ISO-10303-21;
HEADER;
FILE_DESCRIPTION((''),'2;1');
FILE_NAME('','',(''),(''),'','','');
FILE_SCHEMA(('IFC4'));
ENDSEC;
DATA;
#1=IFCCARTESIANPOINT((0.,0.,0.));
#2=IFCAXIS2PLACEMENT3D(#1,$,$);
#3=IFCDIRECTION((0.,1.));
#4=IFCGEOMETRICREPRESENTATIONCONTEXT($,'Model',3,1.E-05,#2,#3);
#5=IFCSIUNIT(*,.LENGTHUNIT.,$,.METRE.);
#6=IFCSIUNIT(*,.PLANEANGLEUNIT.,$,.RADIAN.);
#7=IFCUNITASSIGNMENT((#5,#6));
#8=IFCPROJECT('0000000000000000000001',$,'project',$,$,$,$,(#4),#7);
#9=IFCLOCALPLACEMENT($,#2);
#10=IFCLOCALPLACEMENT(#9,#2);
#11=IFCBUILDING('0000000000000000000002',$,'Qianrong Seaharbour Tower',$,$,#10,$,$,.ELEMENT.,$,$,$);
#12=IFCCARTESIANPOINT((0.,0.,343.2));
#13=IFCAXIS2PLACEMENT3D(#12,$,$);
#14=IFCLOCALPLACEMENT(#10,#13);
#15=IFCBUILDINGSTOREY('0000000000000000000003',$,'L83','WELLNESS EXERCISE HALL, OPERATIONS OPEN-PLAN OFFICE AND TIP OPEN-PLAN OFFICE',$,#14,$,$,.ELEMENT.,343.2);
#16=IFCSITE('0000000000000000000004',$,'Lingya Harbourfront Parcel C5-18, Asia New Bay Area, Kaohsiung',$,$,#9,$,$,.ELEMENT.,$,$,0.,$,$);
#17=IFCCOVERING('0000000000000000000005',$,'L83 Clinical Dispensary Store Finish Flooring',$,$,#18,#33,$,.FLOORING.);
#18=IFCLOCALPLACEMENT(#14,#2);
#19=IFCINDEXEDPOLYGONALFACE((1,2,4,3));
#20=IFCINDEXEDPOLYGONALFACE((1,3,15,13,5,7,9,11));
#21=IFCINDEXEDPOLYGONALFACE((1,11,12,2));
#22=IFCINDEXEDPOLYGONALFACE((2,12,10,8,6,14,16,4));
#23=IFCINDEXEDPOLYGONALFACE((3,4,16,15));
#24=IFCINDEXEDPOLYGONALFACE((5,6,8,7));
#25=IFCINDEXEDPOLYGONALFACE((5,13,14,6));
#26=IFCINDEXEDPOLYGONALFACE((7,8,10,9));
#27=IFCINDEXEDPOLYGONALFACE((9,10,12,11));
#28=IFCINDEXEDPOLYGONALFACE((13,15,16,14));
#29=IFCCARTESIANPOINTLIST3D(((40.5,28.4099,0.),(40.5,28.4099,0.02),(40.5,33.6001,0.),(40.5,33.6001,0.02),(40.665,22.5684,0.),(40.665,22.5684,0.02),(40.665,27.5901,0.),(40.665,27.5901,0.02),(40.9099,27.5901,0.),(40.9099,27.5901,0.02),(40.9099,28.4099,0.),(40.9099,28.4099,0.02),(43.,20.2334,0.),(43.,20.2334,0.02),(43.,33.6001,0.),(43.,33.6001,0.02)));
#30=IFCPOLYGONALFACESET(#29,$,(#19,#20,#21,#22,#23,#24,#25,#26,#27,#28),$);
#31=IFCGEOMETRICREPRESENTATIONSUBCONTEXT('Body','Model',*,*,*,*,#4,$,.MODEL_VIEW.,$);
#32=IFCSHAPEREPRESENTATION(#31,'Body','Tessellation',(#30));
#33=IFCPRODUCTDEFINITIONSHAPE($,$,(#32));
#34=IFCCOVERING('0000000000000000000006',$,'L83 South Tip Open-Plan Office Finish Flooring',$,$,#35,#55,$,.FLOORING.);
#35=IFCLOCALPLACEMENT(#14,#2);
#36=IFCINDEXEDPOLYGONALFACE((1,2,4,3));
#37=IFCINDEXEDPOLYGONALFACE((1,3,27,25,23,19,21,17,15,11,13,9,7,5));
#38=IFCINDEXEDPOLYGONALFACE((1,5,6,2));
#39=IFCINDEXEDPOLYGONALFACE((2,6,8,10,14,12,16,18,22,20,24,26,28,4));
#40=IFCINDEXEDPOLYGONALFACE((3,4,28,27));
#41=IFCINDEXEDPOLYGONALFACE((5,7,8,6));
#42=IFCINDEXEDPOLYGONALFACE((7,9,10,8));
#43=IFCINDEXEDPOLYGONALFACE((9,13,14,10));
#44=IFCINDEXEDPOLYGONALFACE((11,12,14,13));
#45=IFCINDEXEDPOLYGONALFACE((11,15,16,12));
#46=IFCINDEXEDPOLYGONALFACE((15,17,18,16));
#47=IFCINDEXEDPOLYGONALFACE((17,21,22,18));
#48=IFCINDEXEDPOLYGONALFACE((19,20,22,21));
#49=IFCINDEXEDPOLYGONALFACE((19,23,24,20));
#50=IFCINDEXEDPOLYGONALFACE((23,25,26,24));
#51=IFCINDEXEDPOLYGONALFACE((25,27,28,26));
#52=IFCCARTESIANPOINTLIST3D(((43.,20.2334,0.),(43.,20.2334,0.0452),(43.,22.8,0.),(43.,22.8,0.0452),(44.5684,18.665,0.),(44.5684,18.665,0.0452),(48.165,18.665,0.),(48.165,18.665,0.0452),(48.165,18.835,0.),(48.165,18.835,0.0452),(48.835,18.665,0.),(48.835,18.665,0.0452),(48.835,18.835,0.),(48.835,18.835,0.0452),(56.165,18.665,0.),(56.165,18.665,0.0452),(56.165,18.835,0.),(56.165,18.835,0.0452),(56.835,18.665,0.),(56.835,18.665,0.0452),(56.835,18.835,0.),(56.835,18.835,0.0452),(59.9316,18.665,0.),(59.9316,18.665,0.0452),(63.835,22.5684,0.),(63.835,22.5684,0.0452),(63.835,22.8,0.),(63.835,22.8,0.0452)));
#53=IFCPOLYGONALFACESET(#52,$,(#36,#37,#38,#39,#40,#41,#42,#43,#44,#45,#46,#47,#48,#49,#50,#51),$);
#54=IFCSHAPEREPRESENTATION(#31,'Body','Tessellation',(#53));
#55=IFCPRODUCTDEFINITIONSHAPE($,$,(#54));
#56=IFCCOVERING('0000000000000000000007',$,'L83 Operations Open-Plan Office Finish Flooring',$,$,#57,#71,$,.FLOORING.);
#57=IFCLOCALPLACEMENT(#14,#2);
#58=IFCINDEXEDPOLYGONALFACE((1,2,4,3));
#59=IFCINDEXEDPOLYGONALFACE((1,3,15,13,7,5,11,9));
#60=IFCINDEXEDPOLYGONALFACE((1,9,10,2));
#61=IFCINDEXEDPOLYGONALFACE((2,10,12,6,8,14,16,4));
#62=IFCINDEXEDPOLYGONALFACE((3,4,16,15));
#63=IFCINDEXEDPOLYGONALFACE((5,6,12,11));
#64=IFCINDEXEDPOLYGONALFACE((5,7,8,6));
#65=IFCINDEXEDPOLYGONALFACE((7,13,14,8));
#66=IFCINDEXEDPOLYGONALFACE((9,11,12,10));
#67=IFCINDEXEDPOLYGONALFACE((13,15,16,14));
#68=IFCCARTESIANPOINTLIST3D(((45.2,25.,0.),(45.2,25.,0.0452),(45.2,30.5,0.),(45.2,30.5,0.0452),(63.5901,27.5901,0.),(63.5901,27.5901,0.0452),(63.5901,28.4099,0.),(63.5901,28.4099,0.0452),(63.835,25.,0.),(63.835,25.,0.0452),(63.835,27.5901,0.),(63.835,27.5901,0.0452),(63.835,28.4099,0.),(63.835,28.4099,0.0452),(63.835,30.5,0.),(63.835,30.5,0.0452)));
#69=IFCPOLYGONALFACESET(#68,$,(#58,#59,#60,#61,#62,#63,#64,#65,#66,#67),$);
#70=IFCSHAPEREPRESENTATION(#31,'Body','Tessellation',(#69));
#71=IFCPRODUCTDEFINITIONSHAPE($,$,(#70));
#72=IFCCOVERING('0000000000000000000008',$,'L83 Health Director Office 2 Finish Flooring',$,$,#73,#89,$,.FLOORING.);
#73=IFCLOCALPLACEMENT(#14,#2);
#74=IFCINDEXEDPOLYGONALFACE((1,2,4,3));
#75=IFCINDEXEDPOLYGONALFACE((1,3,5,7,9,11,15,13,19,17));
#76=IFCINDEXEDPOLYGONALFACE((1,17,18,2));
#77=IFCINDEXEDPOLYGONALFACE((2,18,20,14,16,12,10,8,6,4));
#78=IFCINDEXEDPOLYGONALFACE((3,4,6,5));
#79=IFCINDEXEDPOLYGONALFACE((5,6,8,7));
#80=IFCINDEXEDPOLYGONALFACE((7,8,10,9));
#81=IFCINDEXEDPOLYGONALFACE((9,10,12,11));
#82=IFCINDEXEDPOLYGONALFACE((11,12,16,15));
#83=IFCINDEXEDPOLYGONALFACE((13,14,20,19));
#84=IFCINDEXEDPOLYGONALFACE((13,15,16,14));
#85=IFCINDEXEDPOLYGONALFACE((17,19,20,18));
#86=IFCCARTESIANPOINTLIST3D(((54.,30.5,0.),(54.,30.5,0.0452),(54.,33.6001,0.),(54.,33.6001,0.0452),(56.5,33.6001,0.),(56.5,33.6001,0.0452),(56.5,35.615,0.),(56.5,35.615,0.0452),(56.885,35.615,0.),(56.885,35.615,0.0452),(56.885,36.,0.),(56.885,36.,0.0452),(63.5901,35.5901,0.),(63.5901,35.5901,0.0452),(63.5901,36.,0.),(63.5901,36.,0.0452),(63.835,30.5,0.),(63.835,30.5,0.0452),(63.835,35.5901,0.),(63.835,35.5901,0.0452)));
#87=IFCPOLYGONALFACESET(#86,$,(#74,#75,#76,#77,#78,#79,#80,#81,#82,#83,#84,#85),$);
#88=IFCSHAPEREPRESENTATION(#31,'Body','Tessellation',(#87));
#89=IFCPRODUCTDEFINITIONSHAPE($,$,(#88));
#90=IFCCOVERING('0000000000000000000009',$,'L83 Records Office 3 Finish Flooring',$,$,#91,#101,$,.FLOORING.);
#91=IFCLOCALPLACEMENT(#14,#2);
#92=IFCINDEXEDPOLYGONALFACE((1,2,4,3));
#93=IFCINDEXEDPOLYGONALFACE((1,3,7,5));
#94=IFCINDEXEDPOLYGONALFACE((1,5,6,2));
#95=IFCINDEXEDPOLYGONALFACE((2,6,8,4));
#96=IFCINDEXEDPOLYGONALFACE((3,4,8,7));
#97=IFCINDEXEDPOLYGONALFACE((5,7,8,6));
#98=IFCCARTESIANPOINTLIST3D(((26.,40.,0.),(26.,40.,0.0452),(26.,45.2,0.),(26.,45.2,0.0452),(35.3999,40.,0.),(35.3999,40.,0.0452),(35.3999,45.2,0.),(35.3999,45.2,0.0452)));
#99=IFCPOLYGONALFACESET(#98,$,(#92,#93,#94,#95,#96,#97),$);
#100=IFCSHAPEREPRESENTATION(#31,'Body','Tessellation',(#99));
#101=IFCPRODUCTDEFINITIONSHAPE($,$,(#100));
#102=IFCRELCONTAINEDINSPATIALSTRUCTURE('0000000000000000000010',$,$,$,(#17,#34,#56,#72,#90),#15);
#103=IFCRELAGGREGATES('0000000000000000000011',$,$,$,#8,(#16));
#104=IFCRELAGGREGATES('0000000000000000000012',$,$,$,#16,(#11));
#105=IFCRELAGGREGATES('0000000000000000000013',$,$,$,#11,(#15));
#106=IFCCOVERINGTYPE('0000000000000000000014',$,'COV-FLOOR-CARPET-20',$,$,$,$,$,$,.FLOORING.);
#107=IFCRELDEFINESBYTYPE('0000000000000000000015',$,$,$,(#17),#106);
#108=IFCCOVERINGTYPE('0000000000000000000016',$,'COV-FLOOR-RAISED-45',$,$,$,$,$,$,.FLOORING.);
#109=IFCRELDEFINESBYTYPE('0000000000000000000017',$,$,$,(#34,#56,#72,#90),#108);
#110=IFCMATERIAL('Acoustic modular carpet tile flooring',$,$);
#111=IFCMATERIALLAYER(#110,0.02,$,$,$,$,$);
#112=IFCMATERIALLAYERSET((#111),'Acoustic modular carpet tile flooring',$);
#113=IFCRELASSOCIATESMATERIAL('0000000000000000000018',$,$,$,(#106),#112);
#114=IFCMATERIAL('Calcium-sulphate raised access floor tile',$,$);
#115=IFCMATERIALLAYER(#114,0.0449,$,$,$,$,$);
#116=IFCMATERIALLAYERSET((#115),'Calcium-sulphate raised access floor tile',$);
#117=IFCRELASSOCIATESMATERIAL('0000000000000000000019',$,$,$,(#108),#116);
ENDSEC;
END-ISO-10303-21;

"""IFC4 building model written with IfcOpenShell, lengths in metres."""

from ifc_helpers import new_model, si_unit, direction, frame, origin, place, context, subcontext, project, spatial, polyline, outline, extrude, material, layer, layer_set, type_object, element, save


model = new_model("IFC4")

# Units and contexts
model_context = context("Model", 3, precision=1e-05, world=origin(), true_north=direction((0.0, 1.0)))
body_context = subcontext(model_context, "Body", "Model", "MODEL_VIEW")
ifc_project = project(units=[si_unit("LENGTHUNIT", "METRE"), si_unit("PLANEANGLEUNIT", "RADIAN")], contexts=[model_context])

# Site, building, storey
site_placement = place(None, origin())
site = spatial("IfcSite", under=ifc_project, at=site_placement, Name="Lingya Harbourfront Parcel C5-18, Asia New Bay Area, Kaohsiung", CompositionType="ELEMENT", RefElevation=0.0)
building_placement = place(site_placement, origin())
building = spatial("IfcBuilding", under=site, at=building_placement, Name="Qianrong Seaharbour Tower", CompositionType="ELEMENT")
storey_placement = place(building_placement, frame((0.0, 0.0, 343.2)))
storey = spatial("IfcBuildingStorey", under=building, at=storey_placement, Name="L83", Description="WELLNESS EXERCISE HALL, OPERATIONS OPEN-PLAN OFFICE AND TIP OPEN-PLAN OFFICE", CompositionType="ELEMENT", Elevation=343.2)

# Coverings
ifc_material_1 = material(Name="Acoustic modular carpet tile flooring")
ifc_layer_1 = layer(ifc_material_1, 0.02)
ifc_layer_set_1 = layer_set([ifc_layer_1], Name="Acoustic modular carpet tile flooring")
covering_type_1 = type_object("IfcCoveringType", Name="COV-FLOOR-CARPET-20", PredefinedType="FLOORING", material=ifc_layer_set_1)
covering_1_placement = place(storey_placement, origin())
element("IfcCovering", 1, at=covering_1_placement, inside=storey, type_object=covering_type_1, Name="L83 Clinical Dispensary Store Finish Flooring", PredefinedType="FLOORING", context=body_context, shape_type="SweptSolid", body=[
    extrude(outline(polyline([(43.0, 20.2334), (40.665, 22.5684), (40.665, 27.5901), (40.9099, 27.5901), (40.9099, 28.4099), (40.5, 28.4099), (40.5, 33.6001), (43.0, 33.6001), (43.0, 20.2334)])), origin(), (0.0, 0.0, 1.0), 0.02),
])
ifc_material_2 = material(Name="Calcium-sulphate raised access floor tile")
ifc_layer_2 = layer(ifc_material_2, 0.0449)
ifc_layer_set_2 = layer_set([ifc_layer_2], Name="Calcium-sulphate raised access floor tile")
covering_type_2 = type_object("IfcCoveringType", Name="COV-FLOOR-RAISED-45", PredefinedType="FLOORING", material=ifc_layer_set_2)
covering_2_placement = place(storey_placement, origin())
element("IfcCovering", 2, at=covering_2_placement, inside=storey, type_object=covering_type_2, Name="L83 South Tip Open-Plan Office Finish Flooring", PredefinedType="FLOORING", context=body_context, shape_type="SweptSolid", body=[
    extrude(outline(polyline([(63.835, 22.5684), (59.9316, 18.665), (56.835, 18.665), (56.835, 18.835), (56.165, 18.835), (56.165, 18.665), (48.835, 18.665), (48.835, 18.835), (48.165, 18.835), (48.165, 18.665), (44.5684, 18.665), (43.0, 20.2334), (43.0, 22.8), (63.835, 22.8), (63.835, 22.5684)])), origin(), (0.0, 0.0, 1.0), 0.0452),
])
covering_3_placement = place(storey_placement, origin())
element("IfcCovering", 3, at=covering_3_placement, inside=storey, type_object=covering_type_2, Name="L83 Operations Open-Plan Office Finish Flooring", PredefinedType="FLOORING", context=body_context, shape_type="SweptSolid", body=[
    extrude(outline(polyline([(63.835, 30.5), (63.835, 28.4099), (63.5901, 28.4099), (63.5901, 27.5901), (63.835, 27.5901), (63.835, 25.0), (45.2, 25.0), (45.2, 30.5), (63.835, 30.5)])), origin(), (0.0, 0.0, 1.0), 0.0452),
])
covering_4_placement = place(storey_placement, origin())
element("IfcCovering", 4, at=covering_4_placement, inside=storey, type_object=covering_type_2, Name="L83 Health Director Office 2 Finish Flooring", PredefinedType="FLOORING", context=body_context, shape_type="SweptSolid", body=[
    extrude(outline(polyline([(56.5, 33.6001), (56.5, 35.615), (56.885, 35.615), (56.885, 36.0), (63.5901, 36.0), (63.5901, 35.5901), (63.835, 35.5901), (63.835, 30.5), (54.0, 30.5), (54.0, 33.6001), (56.5, 33.6001)])), origin(), (0.0, 0.0, 1.0), 0.0452),
])
covering_5_placement = place(storey_placement, origin())
element("IfcCovering", 5, at=covering_5_placement, inside=storey, type_object=covering_type_2, Name="L83 Records Office 3 Finish Flooring", PredefinedType="FLOORING", context=body_context, shape_type="SweptSolid", body=[
    extrude(outline(polyline([(35.3999, 45.2), (35.3999, 40.0), (26.0, 40.0), (26.0, 45.2), (35.3999, 45.2)])), origin(), (0.0, 0.0, 1.0), 0.0452),
])

save(model, "model.ifc")
